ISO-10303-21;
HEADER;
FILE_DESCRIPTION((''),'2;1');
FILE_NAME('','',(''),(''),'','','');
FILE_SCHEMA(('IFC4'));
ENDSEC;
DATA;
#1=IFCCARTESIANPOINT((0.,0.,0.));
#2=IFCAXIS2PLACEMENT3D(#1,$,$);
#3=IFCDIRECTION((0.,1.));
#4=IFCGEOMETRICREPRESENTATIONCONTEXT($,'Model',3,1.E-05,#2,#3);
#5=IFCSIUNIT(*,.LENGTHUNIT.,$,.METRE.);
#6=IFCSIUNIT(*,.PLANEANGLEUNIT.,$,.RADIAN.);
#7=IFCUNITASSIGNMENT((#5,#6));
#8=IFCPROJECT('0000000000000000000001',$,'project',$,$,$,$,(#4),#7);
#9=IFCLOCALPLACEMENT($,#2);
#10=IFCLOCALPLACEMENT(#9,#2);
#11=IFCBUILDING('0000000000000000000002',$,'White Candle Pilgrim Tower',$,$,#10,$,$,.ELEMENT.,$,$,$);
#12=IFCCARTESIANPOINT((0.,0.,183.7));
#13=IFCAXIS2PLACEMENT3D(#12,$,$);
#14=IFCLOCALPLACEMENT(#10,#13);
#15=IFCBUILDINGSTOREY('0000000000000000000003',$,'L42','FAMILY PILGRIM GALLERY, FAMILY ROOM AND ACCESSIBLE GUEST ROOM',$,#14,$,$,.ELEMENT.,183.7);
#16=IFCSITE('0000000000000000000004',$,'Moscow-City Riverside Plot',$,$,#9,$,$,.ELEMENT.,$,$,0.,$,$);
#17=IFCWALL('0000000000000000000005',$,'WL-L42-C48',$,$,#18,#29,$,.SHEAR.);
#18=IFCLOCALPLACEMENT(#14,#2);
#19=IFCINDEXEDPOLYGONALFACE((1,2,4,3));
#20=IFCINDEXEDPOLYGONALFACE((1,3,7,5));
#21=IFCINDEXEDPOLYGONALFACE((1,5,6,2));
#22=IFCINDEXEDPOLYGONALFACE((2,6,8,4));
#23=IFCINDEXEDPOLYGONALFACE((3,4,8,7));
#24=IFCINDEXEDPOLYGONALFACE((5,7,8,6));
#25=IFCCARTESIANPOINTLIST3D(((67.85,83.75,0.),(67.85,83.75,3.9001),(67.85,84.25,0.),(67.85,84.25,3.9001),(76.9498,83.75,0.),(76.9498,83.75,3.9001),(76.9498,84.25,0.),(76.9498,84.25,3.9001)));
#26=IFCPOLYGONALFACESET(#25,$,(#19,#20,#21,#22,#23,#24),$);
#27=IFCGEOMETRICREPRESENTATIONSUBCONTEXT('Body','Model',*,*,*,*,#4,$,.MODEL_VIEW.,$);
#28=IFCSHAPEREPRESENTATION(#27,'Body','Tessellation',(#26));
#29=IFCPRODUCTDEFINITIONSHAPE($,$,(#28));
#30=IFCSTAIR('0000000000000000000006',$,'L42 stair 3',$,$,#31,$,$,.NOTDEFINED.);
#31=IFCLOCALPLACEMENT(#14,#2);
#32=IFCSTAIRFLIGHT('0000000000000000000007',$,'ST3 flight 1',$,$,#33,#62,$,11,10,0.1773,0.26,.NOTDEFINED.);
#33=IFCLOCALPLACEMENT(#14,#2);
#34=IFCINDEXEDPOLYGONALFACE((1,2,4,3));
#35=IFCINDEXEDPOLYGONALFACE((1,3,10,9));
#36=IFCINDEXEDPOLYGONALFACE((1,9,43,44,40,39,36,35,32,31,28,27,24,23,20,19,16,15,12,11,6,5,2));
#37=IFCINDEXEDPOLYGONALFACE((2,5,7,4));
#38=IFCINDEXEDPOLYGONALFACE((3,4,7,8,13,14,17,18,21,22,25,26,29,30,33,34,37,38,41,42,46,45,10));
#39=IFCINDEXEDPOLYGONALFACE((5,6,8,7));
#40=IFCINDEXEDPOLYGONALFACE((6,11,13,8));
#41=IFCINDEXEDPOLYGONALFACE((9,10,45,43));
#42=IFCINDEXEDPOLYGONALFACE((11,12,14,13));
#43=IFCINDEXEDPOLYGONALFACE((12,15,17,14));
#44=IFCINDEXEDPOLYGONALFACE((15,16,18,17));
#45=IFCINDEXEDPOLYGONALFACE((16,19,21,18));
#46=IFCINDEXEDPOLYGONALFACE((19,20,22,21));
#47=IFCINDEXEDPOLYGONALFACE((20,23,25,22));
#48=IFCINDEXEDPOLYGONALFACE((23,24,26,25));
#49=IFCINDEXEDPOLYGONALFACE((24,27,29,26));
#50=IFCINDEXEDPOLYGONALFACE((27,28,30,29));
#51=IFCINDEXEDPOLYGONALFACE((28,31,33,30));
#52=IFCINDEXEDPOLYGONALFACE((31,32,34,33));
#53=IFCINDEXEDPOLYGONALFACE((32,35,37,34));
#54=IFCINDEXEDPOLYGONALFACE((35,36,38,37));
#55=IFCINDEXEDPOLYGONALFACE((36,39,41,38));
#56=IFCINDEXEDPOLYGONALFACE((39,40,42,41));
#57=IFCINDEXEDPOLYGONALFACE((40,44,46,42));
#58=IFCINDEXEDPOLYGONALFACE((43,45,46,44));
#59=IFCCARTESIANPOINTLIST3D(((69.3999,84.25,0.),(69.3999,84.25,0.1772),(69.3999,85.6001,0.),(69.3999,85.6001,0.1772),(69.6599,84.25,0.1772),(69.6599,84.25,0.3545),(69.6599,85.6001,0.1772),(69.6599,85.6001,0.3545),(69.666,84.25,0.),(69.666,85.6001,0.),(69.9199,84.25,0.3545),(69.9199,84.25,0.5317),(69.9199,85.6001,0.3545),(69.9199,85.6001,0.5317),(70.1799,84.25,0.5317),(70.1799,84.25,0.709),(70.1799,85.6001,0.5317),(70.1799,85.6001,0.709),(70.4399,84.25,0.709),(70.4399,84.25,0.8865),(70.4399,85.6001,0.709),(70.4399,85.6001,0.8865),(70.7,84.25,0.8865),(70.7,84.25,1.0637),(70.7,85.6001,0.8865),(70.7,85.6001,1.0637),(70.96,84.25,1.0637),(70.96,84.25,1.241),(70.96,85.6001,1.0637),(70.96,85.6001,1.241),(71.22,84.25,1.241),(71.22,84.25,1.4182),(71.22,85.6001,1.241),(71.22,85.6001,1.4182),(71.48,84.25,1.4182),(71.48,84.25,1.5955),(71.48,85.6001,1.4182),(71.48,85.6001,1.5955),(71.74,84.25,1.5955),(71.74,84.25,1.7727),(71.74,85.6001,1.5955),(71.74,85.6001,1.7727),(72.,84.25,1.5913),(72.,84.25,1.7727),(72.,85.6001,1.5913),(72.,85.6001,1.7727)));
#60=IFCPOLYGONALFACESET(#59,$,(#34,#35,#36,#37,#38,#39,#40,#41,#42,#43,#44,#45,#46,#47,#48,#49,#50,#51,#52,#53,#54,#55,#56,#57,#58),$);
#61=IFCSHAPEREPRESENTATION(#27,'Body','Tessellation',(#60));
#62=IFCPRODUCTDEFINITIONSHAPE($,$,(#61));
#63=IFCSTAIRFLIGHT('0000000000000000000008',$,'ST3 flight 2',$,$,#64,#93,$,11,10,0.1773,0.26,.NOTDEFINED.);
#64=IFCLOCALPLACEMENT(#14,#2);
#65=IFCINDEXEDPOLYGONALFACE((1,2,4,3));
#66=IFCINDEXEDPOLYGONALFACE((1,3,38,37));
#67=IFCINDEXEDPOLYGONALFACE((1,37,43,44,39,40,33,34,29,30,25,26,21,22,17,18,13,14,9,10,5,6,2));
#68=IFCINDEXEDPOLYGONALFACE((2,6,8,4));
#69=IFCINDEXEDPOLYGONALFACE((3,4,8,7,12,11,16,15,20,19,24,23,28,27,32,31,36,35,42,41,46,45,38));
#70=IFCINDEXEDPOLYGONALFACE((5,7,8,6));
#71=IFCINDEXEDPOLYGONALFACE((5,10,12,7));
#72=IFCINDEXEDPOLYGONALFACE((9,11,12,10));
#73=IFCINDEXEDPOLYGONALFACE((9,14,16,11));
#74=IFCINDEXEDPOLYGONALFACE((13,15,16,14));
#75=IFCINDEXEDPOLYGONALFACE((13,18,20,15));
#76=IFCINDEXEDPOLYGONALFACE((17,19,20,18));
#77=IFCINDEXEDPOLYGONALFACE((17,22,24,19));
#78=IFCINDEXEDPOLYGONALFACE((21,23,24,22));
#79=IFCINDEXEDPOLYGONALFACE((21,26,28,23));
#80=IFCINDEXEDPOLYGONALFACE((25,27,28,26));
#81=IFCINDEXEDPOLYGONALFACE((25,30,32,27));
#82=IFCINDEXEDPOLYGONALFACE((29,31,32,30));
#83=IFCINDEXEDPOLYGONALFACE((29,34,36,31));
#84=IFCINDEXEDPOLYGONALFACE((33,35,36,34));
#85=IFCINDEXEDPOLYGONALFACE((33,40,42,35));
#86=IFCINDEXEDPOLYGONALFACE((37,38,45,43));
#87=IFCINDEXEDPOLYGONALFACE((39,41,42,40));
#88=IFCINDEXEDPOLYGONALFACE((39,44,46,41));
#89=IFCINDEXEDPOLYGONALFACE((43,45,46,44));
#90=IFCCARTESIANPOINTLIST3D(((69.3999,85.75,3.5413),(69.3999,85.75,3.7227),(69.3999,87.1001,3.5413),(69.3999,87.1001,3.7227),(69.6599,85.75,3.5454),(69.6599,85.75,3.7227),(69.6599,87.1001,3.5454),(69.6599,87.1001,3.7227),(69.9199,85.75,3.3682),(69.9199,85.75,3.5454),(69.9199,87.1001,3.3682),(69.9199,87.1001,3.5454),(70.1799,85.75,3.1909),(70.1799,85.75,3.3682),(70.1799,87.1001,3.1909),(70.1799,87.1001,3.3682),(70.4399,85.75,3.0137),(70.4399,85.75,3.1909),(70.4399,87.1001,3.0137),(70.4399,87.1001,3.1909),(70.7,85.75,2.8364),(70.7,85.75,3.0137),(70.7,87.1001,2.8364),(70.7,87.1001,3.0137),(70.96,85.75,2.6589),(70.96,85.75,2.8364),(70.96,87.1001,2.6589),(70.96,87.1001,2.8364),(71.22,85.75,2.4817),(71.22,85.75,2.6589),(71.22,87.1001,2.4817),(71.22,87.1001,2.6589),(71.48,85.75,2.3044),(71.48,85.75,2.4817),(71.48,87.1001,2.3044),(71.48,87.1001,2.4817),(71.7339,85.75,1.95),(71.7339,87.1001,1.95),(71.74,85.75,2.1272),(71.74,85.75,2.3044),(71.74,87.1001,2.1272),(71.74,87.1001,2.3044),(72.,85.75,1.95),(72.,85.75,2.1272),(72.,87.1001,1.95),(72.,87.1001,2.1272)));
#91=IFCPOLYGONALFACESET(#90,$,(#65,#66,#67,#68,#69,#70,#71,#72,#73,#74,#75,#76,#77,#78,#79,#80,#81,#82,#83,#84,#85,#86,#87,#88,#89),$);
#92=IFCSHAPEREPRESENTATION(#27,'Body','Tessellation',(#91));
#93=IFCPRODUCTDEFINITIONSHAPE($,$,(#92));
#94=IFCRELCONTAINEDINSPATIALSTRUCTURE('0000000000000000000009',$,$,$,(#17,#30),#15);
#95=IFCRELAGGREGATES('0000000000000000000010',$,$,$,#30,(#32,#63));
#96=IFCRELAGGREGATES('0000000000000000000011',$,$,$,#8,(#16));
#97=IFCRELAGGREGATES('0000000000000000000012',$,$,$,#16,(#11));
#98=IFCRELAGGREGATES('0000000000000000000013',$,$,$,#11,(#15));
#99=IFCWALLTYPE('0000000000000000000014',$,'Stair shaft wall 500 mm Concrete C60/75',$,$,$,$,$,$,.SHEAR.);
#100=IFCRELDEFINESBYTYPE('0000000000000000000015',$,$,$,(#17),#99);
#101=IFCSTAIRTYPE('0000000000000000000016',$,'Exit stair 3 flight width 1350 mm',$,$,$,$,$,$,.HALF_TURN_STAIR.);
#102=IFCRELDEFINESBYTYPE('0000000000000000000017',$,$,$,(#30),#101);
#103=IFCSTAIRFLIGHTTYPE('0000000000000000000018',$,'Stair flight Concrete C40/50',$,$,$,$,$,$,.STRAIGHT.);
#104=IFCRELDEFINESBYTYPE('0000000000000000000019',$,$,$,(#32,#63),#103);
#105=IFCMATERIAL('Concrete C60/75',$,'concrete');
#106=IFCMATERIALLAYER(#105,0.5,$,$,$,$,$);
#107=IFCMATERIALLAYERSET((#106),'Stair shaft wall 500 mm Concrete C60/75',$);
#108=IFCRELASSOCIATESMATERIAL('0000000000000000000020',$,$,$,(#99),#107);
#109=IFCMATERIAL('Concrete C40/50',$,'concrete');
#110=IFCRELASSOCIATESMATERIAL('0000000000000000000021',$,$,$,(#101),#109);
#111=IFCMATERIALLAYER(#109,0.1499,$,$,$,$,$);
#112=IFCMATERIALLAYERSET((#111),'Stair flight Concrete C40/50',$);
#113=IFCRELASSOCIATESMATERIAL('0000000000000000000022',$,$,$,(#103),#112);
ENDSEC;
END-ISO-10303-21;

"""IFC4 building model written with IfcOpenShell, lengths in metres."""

from ifc_helpers import new_model, si_unit, direction, frame, frame_2d, origin, place, context, subcontext, project, spatial, polyline, rectangle, outline, extrude, material, layer, layer_set, type_object, element, aggregate, save


model = new_model("IFC4")

# Units and contexts
model_context = context("Model", 3, precision=1e-05, world=origin(), true_north=direction((0.0, 1.0)))
body_context = subcontext(model_context, "Body", "Model", "MODEL_VIEW")
ifc_project = project(units=[si_unit("LENGTHUNIT", "METRE"), si_unit("PLANEANGLEUNIT", "RADIAN")], contexts=[model_context])

# Site, building, storey
site_placement = place(None, origin())
site = spatial("IfcSite", under=ifc_project, at=site_placement, Name="Moscow-City Riverside Plot", CompositionType="ELEMENT", RefElevation=0.0)
building_placement = place(site_placement, origin())
building = spatial("IfcBuilding", under=site, at=building_placement, Name="White Candle Pilgrim Tower", CompositionType="ELEMENT")
storey_placement = place(building_placement, frame((0.0, 0.0, 183.7)))
storey = spatial("IfcBuildingStorey", under=building, at=storey_placement, Name="L42", Description="FAMILY PILGRIM GALLERY, FAMILY ROOM AND ACCESSIBLE GUEST ROOM", CompositionType="ELEMENT", Elevation=183.7)

# Shared definitions
ifc_material_1 = material(Name="Concrete C60/75", Category="concrete")

# Wall
ifc_layer_1 = layer(ifc_material_1, 0.5)
ifc_layer_set_1 = layer_set([ifc_layer_1], Name="Stair shaft wall 500 mm Concrete C60/75")
wall_type_1 = type_object("IfcWallType", Name="Stair shaft wall 500 mm Concrete C60/75", PredefinedType="SHEAR", material=ifc_layer_set_1)
wall_1_placement = place(storey_placement, frame((67.8501, 84.0, 0.0), z_axis=(0.0, 0.0, 1.0), x_axis=(1.0, 0.0, 0.0)))
element("IfcWall", 1, at=wall_1_placement, inside=storey, type_object=wall_type_1, Name="WL-L42-C48", PredefinedType="SHEAR", context=body_context, shape_type="SweptSolid", body=[
    extrude(rectangle(XDim=9.0999, YDim=0.5, at=frame_2d((4.5498, 0.0))), origin(), (0.0, 0.0, 1.0), 3.9001),
])

# Stair, stair flights
ifc_material_2 = material(Name="Concrete C40/50", Category="concrete")
stair_type = type_object("IfcStairType", Name="Exit stair 3 flight width 1350 mm", PredefinedType="HALF_TURN_STAIR", material=ifc_material_2)
stair_placement = place(storey_placement, origin())
stair = element("IfcStair", 2, at=stair_placement, inside=storey, type_object=stair_type, Name="L42 stair 3", PredefinedType="NOTDEFINED")
ifc_layer_2 = layer(ifc_material_2, 0.1499)
ifc_layer_set_2 = layer_set([ifc_layer_2], Name="Stair flight Concrete C40/50")
stair_flight_type = type_object("IfcStairFlightType", Name="Stair flight Concrete C40/50", PredefinedType="STRAIGHT", material=ifc_layer_set_2)
stair_flight_1_placement = place(storey_placement, frame((69.3999, 84.925, 0.0), z_axis=(0.0, 0.0, 1.0), x_axis=(1.0, 0.0, 0.0)))
stair_flight_1 = element("IfcStairFlight", 3, at=stair_flight_1_placement, type_object=stair_flight_type, Name="ST3 flight 1", NumberOfRisers=11, NumberOfTreads=10, PredefinedType="NOTDEFINED", RiserHeight=0.1773, TreadLength=0.26, context=body_context, shape_type="SweptSolid", body=[
    extrude(outline(polyline([(0.0, 0.0), (0.0, 0.1772), (0.26, 0.1772), (0.26, 0.3545), (0.52, 0.3545), (0.52, 0.5317), (0.78, 0.5317), (0.78, 0.709), (1.04, 0.709), (1.04, 0.8865), (1.3, 0.8865), (1.3, 1.0637), (1.5601, 1.0637), (1.5601, 1.241), (1.8201, 1.241), (1.8201, 1.4182), (2.0801, 1.4182), (2.0801, 1.5955), (2.3401, 1.5955), (2.3401, 1.7727), (2.6001, 1.7727), (2.6001, 1.95), (2.6001, 1.5913), (0.2661, 0.0), (0.0, 0.0)])), frame((0.0, 0.675, 0.0), z_axis=(0.0, -1.0, 0.0), x_axis=(1.0, 0.0, 0.0)), (0.0, 0.0, 1.0), 1.3501),
])
stair_flight_2_placement = place(storey_placement, frame((72.0, 86.425, 1.95), z_axis=(0.0, 0.0, 1.0), x_axis=(-1.0, 0.0, 0.0)))
stair_flight_2 = element("IfcStairFlight", 4, at=stair_flight_2_placement, type_object=stair_flight_type, Name="ST3 flight 2", NumberOfRisers=11, NumberOfTreads=10, PredefinedType="NOTDEFINED", RiserHeight=0.1773, TreadLength=0.26, context=body_context, shape_type="SweptSolid", body=[
    extrude(outline(polyline([(0.0, 0.0), (0.0, 0.1772), (0.26, 0.1772), (0.26, 0.3545), (0.52, 0.3545), (0.52, 0.5317), (0.78, 0.5317), (0.78, 0.709), (1.04, 0.709), (1.04, 0.8865), (1.3, 0.8865), (1.3, 1.0637), (1.5601, 1.0637), (1.5601, 1.241), (1.8201, 1.241), (1.8201, 1.4182), (2.0801, 1.4182), (2.0801, 1.5955), (2.3401, 1.5955), (2.3401, 1.7727), (2.6001, 1.7727), (2.6001, 1.95), (2.6001, 1.5913), (0.2661, 0.0), (0.0, 0.0)])), frame((0.0, 0.675, 0.0), z_axis=(0.0, -1.0, 0.0), x_axis=(1.0, 0.0, 0.0)), (0.0, 0.0, 1.0), 1.3501),
])
aggregate(stair, [stair_flight_1, stair_flight_2])

save(model, "model.ifc")
